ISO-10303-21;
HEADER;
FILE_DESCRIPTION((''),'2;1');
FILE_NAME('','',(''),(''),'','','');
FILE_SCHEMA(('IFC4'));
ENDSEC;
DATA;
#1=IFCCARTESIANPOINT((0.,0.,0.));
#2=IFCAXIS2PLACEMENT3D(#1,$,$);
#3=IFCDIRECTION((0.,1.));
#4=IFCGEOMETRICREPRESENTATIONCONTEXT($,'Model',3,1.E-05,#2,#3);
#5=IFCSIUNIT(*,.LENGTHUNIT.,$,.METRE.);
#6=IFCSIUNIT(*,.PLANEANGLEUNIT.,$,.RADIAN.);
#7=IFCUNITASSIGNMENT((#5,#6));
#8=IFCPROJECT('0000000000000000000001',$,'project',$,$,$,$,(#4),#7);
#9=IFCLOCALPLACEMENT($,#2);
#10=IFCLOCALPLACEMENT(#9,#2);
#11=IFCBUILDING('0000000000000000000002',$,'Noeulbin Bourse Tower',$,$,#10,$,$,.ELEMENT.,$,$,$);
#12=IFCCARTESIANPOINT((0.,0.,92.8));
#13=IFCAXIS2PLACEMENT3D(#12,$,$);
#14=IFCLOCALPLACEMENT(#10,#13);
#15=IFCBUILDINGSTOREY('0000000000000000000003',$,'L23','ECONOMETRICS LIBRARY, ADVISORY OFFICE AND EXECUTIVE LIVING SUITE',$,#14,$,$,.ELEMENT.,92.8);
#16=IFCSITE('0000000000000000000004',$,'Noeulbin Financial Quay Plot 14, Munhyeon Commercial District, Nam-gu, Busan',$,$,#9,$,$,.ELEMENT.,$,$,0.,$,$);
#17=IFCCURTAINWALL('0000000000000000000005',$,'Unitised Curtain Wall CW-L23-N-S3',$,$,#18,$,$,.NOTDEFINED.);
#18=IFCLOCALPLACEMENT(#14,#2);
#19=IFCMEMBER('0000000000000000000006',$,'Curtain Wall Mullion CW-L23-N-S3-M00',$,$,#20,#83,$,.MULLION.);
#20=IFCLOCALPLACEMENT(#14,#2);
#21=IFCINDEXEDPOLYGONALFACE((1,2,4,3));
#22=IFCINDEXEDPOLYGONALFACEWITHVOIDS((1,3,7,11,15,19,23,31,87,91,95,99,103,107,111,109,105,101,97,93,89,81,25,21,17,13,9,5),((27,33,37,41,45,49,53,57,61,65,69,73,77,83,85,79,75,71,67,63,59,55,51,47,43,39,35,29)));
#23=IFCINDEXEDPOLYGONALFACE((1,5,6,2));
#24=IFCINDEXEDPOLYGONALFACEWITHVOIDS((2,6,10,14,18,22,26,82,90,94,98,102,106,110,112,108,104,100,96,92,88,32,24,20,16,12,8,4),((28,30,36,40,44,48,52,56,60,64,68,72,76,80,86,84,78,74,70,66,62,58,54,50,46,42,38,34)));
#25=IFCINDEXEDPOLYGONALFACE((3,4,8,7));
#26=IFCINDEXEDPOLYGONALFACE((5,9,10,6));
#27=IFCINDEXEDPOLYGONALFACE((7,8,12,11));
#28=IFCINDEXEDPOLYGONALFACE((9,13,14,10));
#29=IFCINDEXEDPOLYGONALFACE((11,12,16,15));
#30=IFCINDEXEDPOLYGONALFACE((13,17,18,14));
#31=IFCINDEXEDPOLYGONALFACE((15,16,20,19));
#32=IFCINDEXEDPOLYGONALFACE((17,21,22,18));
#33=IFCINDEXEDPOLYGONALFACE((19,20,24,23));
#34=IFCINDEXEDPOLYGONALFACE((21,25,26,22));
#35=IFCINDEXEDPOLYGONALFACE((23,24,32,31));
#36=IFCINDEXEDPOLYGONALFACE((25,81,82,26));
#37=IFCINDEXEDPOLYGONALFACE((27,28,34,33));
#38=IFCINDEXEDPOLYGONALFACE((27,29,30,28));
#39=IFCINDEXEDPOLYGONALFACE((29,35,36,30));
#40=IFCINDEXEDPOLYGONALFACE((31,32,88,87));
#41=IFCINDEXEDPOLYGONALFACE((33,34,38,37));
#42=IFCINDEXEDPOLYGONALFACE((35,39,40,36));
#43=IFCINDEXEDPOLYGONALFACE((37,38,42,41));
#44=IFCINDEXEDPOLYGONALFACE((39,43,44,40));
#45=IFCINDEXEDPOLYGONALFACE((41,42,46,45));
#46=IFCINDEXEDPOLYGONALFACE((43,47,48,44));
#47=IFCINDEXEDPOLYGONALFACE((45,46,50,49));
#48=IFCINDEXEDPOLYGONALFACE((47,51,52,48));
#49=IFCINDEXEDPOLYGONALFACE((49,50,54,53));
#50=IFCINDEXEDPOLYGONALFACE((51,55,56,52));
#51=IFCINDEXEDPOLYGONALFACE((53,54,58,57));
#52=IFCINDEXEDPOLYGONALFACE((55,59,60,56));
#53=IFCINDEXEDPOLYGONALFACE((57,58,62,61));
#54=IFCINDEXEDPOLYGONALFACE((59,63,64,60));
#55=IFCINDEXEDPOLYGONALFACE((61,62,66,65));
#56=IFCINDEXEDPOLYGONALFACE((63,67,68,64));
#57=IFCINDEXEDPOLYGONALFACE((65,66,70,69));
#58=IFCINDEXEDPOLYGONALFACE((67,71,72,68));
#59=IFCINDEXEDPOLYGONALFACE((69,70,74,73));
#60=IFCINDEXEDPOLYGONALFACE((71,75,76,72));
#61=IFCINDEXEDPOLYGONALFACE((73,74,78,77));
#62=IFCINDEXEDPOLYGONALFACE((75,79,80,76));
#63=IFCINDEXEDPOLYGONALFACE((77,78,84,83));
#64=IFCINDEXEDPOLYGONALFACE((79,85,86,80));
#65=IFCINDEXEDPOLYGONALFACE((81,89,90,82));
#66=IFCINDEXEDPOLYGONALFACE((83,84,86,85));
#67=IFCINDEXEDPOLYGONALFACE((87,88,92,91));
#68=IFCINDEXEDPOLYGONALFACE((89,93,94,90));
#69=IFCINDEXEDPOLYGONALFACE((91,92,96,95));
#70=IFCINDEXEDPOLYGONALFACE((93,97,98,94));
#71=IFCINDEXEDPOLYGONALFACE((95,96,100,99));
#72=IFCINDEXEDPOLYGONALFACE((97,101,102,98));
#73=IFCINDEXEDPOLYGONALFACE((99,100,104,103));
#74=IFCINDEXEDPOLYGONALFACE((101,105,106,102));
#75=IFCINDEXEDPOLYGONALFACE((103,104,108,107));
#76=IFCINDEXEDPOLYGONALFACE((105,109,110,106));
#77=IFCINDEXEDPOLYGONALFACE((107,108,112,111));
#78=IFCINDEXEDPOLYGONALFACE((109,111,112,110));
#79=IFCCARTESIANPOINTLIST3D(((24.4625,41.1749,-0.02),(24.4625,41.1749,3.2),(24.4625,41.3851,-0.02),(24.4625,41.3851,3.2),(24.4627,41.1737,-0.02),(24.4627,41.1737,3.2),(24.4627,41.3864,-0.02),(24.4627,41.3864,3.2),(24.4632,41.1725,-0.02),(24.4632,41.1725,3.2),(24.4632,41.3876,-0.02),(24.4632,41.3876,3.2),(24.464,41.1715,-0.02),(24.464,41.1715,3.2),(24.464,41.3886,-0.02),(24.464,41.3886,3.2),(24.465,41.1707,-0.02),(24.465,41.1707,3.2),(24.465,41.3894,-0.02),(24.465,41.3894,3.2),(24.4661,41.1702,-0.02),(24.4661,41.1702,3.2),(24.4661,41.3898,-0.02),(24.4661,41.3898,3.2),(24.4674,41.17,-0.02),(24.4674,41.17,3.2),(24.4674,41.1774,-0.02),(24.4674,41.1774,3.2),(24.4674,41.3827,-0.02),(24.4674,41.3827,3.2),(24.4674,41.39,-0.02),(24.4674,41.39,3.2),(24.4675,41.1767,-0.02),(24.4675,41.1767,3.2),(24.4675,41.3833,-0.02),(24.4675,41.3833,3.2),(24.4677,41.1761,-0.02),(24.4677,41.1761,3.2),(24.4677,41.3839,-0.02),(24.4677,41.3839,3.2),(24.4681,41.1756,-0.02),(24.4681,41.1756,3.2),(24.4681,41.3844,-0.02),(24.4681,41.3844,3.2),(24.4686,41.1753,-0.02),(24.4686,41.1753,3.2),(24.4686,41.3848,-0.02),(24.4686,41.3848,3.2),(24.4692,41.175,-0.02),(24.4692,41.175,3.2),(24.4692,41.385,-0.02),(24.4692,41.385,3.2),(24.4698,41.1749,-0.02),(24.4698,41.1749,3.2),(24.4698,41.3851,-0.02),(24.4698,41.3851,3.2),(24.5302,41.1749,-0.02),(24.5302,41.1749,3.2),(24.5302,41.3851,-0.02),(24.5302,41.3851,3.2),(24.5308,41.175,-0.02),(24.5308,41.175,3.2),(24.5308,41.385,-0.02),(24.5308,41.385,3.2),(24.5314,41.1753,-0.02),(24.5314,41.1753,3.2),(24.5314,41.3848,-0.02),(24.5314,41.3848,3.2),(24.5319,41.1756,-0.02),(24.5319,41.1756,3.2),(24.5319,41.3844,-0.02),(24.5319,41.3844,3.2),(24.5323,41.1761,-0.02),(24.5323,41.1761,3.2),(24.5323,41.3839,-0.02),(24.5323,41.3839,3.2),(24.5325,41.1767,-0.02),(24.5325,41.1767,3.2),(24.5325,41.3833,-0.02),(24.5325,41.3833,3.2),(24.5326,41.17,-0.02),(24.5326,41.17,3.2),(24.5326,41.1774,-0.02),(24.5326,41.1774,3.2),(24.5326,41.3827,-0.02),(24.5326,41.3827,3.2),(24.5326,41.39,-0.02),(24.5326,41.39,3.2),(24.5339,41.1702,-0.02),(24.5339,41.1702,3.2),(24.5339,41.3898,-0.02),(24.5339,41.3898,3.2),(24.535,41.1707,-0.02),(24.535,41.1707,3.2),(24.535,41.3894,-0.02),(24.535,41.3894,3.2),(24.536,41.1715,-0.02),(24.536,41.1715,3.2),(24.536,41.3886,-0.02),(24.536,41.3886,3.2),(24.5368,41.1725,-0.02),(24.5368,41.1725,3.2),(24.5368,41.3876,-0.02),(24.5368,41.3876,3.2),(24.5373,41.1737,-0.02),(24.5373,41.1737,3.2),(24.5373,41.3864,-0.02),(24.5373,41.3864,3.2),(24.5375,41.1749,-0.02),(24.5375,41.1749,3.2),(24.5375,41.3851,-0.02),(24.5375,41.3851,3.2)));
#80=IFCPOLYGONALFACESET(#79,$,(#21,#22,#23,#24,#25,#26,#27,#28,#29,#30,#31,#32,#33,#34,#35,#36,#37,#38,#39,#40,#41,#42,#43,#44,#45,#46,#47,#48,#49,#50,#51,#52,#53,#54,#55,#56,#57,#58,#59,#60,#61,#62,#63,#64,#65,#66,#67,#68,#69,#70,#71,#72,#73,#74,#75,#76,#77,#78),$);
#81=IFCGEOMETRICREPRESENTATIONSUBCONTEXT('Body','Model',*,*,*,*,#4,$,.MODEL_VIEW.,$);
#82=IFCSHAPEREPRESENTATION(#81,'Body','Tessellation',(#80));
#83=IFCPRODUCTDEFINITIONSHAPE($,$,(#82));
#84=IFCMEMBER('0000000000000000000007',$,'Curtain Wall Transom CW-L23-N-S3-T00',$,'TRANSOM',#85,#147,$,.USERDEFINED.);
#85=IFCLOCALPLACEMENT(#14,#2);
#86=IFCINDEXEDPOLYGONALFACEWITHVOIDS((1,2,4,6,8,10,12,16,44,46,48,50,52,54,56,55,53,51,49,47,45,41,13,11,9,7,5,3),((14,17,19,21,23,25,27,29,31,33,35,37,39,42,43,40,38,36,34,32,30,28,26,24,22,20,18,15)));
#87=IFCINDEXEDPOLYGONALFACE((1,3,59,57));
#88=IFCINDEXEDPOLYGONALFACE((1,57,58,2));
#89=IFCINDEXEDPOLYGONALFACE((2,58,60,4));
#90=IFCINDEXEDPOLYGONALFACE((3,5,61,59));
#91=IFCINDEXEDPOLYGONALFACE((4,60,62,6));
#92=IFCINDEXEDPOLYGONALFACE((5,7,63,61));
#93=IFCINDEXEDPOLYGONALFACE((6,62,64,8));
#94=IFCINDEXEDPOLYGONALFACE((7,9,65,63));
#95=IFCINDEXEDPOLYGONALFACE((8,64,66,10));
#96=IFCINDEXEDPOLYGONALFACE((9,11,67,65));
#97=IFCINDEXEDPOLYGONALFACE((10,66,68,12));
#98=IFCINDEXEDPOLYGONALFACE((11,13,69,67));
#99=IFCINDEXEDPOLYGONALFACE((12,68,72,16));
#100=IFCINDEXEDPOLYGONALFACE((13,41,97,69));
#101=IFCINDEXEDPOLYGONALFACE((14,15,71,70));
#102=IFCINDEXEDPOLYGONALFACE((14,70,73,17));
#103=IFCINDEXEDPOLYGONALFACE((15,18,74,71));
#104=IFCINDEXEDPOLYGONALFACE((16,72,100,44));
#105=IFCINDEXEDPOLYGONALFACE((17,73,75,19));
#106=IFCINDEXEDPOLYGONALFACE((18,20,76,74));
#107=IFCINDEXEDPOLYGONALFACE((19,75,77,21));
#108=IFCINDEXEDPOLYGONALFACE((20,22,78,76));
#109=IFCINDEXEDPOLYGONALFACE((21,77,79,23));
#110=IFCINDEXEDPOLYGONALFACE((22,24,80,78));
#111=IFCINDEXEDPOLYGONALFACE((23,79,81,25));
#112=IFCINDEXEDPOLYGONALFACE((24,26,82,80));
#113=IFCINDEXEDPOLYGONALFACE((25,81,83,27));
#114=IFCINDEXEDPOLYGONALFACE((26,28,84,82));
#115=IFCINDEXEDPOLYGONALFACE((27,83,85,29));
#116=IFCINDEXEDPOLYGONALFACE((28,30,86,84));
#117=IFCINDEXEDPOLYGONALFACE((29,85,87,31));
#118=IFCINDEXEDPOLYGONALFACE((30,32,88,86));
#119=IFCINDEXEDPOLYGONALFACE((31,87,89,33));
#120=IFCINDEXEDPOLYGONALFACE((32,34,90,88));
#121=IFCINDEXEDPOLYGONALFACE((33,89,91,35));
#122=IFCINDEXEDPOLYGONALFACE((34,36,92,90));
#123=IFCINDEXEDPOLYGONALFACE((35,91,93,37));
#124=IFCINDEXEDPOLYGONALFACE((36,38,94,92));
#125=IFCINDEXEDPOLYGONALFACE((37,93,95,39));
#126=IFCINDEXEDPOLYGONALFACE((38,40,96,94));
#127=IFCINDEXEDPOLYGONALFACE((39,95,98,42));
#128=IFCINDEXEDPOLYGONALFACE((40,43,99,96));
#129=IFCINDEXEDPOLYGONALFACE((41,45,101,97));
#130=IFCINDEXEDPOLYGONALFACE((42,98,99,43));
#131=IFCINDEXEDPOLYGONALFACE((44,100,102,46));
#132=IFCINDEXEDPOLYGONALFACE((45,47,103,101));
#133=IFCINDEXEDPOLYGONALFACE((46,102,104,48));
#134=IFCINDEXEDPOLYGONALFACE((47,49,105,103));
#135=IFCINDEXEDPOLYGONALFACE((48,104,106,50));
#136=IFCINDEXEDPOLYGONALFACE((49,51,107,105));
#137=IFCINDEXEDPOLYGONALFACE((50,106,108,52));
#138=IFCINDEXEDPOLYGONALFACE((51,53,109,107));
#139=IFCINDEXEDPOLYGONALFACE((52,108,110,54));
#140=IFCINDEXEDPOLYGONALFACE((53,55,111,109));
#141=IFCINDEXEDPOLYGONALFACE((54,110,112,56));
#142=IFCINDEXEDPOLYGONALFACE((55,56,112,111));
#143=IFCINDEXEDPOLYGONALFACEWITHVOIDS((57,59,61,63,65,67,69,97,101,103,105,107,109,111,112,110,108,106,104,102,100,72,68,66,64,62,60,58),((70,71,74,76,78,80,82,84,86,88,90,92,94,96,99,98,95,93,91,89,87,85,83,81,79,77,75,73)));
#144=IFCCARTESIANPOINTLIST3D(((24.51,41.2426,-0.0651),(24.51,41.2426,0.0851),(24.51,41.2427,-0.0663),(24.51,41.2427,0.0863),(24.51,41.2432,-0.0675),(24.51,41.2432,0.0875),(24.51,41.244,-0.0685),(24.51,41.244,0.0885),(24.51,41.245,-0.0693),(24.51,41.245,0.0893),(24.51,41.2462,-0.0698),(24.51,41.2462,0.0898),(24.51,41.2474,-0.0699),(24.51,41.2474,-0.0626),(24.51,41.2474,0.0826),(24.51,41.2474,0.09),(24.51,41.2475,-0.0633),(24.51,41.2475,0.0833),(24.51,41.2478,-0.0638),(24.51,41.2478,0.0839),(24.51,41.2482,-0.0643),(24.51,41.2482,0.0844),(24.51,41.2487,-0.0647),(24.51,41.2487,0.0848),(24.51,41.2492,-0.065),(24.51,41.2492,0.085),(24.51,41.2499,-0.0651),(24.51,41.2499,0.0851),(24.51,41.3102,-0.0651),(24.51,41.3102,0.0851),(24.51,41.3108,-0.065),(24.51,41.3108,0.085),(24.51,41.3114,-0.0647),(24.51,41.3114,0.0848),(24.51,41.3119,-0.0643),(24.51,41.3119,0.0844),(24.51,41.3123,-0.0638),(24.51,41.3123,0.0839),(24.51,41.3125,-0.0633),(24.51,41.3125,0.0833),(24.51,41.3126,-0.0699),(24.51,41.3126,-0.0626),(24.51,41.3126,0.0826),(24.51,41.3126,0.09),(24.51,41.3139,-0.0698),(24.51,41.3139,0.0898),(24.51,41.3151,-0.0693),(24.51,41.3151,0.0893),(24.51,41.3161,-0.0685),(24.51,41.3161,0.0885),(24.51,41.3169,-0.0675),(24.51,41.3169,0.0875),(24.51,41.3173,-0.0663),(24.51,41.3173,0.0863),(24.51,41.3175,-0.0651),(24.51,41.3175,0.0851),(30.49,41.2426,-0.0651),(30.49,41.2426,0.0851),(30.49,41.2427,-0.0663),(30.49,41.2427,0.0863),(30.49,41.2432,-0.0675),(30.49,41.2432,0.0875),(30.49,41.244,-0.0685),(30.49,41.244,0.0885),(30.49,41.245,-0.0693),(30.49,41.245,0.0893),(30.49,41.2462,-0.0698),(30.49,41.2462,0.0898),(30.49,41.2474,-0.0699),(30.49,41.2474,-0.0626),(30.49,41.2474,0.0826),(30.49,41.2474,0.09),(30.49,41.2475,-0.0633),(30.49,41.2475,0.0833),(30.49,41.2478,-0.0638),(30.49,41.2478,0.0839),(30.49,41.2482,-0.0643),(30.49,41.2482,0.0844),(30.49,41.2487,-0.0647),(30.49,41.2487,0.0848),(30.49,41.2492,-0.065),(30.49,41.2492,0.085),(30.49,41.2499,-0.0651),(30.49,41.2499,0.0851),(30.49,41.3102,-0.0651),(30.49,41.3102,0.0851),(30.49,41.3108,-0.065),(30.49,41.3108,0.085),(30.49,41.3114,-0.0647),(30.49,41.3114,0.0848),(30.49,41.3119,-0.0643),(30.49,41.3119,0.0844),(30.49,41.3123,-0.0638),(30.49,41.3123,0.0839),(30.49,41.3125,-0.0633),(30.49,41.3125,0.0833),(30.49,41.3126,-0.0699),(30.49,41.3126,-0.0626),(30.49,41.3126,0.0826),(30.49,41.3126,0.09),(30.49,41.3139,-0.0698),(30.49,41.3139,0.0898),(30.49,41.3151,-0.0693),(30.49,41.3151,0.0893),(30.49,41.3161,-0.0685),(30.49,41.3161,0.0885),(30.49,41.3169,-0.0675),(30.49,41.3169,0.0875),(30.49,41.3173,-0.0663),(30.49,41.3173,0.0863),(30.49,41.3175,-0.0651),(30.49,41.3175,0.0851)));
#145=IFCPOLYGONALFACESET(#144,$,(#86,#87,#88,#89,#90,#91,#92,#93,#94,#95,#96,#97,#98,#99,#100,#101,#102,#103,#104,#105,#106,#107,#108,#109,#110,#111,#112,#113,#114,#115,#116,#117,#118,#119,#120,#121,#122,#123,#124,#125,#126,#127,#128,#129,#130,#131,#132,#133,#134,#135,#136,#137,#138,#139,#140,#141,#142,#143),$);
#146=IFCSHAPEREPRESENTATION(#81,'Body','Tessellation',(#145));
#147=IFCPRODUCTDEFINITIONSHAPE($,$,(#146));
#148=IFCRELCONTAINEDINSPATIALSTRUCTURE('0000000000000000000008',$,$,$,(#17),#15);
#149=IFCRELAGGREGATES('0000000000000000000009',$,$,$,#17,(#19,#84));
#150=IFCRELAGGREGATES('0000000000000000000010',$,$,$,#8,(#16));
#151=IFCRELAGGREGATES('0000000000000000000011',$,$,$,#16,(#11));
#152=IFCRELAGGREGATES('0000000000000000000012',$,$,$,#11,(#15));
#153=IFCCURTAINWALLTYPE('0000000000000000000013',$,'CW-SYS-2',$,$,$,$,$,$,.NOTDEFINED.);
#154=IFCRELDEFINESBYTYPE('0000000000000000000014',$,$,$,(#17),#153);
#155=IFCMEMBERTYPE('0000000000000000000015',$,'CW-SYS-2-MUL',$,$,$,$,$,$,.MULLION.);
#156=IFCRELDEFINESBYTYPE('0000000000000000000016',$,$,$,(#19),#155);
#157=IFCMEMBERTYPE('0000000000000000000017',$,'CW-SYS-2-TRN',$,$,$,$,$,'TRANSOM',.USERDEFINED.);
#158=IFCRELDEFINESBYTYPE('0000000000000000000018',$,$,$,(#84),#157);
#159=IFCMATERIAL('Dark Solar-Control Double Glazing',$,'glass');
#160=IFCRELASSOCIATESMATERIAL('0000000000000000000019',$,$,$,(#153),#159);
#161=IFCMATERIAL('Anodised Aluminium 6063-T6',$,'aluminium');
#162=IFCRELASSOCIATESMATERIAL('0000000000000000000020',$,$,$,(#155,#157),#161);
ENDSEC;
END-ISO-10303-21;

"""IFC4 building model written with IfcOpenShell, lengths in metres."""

from ifc_helpers import new_model, si_unit, direction, frame, origin, origin_2d, place, context, subcontext, project, spatial, hollow_rectangle, extrude, material, material_profile, profile_set, type_object, element, aggregate, save


model = new_model("IFC4")

# Units and contexts
model_context = context("Model", 3, precision=1e-05, world=origin(), true_north=direction((0.0, 1.0)))
body_context = subcontext(model_context, "Body", "Model", "MODEL_VIEW")
ifc_project = project(units=[si_unit("LENGTHUNIT", "METRE"), si_unit("PLANEANGLEUNIT", "RADIAN")], contexts=[model_context])

# Site, building, storey
site_placement = place(None, origin())
site = spatial("IfcSite", under=ifc_project, at=site_placement, Name="Noeulbin Financial Quay Plot 14, Munhyeon Commercial District, Nam-gu, Busan", CompositionType="ELEMENT", RefElevation=0.0)
building_placement = place(site_placement, origin())
building = spatial("IfcBuilding", under=site, at=building_placement, Name="Noeulbin Bourse Tower", CompositionType="ELEMENT")
storey_placement = place(building_placement, frame((0.0, 0.0, 92.8)))
storey = spatial("IfcBuildingStorey", under=building, at=storey_placement, Name="L23", Description="ECONOMETRICS LIBRARY, ADVISORY OFFICE AND EXECUTIVE LIVING SUITE", CompositionType="ELEMENT", Elevation=92.8)

# Shared definitions
ifc_material_1 = material(Name="Dark Solar-Control Double Glazing", Category="glass")
curtain_wall_type = type_object("IfcCurtainWallType", Name="CW-SYS-2", PredefinedType="NOTDEFINED", material=ifc_material_1)
ifc_material_2 = material(Name="Anodised Aluminium 6063-T6", Category="aluminium")
ifc_material_profile_1 = material_profile(ifc_material_2, hollow_rectangle(XDim=0.075, YDim=0.22, WallThickness=0.0049, InnerFilletRadius=0.0024, OuterFilletRadius=0.0049, at=origin_2d()), Name="ALU-MULL-75x220x5", Category="LoadBearing")
ifc_profile_set_1 = profile_set([ifc_material_profile_1], Name="Anodised Aluminium 6063-T6")
member_type_1 = type_object("IfcMemberType", Name="CW-SYS-2-MUL", PredefinedType="MULLION", material=ifc_profile_set_1)

# Curtain wall, members
curtain_wall_1_placement = place(storey_placement, origin())
curtain_wall_1 = element("IfcCurtainWall", 1, at=curtain_wall_1_placement, inside=storey, type_object=curtain_wall_type, Name="Unitised Curtain Wall CW-L23-N-S3", PredefinedType="NOTDEFINED")
member_1_placement = place(storey_placement, frame((24.5, 41.28, -0.02), z_axis=(0.0, 0.0, 1.0), x_axis=(1.0, 0.0, 0.0)))
member_1 = element("IfcMember", 2, at=member_1_placement, type_object=member_type_1, Name="Curtain Wall Mullion CW-L23-N-S3-M00", PredefinedType="MULLION", context=body_context, shape_type="SweptSolid", body=[
    extrude(hollow_rectangle(XDim=0.075, YDim=0.22, WallThickness=0.0049, InnerFilletRadius=0.0024, OuterFilletRadius=0.0049, at=origin_2d()), origin(), (0.0, 0.0, 1.0), 3.22),
])
ifc_material_profile_2 = material_profile(ifc_material_2, hollow_rectangle(XDim=0.075, YDim=0.1599, WallThickness=0.0049, InnerFilletRadius=0.0024, OuterFilletRadius=0.0049, at=origin_2d()), Name="ALU-TRAN-75x160x5", Category="LoadBearing")
ifc_profile_set_2 = profile_set([ifc_material_profile_2], Name="Anodised Aluminium 6063-T6")
member_type_2 = type_object("IfcMemberType", Name="CW-SYS-2-TRN", ElementType="TRANSOM", PredefinedType="USERDEFINED", material=ifc_profile_set_2)
member_2_placement = place(storey_placement, frame((24.51, 41.28, 0.01), z_axis=(1.0, 0.0, 0.0), x_axis=(0.0, 1.0, 0.0)))
member_2 = element("IfcMember", 3, at=member_2_placement, type_object=member_type_2, Name="Curtain Wall Transom CW-L23-N-S3-T00", ObjectType="TRANSOM", PredefinedType="USERDEFINED", context=body_context, shape_type="SweptSolid", body=[
    extrude(hollow_rectangle(XDim=0.075, YDim=0.1599, WallThickness=0.0049, InnerFilletRadius=0.0024, OuterFilletRadius=0.0049, at=origin_2d()), origin(), (0.0, 0.0, 1.0), 5.98),
])

aggregate(curtain_wall_1, [member_1, member_2])

save(model, "model.ifc")
